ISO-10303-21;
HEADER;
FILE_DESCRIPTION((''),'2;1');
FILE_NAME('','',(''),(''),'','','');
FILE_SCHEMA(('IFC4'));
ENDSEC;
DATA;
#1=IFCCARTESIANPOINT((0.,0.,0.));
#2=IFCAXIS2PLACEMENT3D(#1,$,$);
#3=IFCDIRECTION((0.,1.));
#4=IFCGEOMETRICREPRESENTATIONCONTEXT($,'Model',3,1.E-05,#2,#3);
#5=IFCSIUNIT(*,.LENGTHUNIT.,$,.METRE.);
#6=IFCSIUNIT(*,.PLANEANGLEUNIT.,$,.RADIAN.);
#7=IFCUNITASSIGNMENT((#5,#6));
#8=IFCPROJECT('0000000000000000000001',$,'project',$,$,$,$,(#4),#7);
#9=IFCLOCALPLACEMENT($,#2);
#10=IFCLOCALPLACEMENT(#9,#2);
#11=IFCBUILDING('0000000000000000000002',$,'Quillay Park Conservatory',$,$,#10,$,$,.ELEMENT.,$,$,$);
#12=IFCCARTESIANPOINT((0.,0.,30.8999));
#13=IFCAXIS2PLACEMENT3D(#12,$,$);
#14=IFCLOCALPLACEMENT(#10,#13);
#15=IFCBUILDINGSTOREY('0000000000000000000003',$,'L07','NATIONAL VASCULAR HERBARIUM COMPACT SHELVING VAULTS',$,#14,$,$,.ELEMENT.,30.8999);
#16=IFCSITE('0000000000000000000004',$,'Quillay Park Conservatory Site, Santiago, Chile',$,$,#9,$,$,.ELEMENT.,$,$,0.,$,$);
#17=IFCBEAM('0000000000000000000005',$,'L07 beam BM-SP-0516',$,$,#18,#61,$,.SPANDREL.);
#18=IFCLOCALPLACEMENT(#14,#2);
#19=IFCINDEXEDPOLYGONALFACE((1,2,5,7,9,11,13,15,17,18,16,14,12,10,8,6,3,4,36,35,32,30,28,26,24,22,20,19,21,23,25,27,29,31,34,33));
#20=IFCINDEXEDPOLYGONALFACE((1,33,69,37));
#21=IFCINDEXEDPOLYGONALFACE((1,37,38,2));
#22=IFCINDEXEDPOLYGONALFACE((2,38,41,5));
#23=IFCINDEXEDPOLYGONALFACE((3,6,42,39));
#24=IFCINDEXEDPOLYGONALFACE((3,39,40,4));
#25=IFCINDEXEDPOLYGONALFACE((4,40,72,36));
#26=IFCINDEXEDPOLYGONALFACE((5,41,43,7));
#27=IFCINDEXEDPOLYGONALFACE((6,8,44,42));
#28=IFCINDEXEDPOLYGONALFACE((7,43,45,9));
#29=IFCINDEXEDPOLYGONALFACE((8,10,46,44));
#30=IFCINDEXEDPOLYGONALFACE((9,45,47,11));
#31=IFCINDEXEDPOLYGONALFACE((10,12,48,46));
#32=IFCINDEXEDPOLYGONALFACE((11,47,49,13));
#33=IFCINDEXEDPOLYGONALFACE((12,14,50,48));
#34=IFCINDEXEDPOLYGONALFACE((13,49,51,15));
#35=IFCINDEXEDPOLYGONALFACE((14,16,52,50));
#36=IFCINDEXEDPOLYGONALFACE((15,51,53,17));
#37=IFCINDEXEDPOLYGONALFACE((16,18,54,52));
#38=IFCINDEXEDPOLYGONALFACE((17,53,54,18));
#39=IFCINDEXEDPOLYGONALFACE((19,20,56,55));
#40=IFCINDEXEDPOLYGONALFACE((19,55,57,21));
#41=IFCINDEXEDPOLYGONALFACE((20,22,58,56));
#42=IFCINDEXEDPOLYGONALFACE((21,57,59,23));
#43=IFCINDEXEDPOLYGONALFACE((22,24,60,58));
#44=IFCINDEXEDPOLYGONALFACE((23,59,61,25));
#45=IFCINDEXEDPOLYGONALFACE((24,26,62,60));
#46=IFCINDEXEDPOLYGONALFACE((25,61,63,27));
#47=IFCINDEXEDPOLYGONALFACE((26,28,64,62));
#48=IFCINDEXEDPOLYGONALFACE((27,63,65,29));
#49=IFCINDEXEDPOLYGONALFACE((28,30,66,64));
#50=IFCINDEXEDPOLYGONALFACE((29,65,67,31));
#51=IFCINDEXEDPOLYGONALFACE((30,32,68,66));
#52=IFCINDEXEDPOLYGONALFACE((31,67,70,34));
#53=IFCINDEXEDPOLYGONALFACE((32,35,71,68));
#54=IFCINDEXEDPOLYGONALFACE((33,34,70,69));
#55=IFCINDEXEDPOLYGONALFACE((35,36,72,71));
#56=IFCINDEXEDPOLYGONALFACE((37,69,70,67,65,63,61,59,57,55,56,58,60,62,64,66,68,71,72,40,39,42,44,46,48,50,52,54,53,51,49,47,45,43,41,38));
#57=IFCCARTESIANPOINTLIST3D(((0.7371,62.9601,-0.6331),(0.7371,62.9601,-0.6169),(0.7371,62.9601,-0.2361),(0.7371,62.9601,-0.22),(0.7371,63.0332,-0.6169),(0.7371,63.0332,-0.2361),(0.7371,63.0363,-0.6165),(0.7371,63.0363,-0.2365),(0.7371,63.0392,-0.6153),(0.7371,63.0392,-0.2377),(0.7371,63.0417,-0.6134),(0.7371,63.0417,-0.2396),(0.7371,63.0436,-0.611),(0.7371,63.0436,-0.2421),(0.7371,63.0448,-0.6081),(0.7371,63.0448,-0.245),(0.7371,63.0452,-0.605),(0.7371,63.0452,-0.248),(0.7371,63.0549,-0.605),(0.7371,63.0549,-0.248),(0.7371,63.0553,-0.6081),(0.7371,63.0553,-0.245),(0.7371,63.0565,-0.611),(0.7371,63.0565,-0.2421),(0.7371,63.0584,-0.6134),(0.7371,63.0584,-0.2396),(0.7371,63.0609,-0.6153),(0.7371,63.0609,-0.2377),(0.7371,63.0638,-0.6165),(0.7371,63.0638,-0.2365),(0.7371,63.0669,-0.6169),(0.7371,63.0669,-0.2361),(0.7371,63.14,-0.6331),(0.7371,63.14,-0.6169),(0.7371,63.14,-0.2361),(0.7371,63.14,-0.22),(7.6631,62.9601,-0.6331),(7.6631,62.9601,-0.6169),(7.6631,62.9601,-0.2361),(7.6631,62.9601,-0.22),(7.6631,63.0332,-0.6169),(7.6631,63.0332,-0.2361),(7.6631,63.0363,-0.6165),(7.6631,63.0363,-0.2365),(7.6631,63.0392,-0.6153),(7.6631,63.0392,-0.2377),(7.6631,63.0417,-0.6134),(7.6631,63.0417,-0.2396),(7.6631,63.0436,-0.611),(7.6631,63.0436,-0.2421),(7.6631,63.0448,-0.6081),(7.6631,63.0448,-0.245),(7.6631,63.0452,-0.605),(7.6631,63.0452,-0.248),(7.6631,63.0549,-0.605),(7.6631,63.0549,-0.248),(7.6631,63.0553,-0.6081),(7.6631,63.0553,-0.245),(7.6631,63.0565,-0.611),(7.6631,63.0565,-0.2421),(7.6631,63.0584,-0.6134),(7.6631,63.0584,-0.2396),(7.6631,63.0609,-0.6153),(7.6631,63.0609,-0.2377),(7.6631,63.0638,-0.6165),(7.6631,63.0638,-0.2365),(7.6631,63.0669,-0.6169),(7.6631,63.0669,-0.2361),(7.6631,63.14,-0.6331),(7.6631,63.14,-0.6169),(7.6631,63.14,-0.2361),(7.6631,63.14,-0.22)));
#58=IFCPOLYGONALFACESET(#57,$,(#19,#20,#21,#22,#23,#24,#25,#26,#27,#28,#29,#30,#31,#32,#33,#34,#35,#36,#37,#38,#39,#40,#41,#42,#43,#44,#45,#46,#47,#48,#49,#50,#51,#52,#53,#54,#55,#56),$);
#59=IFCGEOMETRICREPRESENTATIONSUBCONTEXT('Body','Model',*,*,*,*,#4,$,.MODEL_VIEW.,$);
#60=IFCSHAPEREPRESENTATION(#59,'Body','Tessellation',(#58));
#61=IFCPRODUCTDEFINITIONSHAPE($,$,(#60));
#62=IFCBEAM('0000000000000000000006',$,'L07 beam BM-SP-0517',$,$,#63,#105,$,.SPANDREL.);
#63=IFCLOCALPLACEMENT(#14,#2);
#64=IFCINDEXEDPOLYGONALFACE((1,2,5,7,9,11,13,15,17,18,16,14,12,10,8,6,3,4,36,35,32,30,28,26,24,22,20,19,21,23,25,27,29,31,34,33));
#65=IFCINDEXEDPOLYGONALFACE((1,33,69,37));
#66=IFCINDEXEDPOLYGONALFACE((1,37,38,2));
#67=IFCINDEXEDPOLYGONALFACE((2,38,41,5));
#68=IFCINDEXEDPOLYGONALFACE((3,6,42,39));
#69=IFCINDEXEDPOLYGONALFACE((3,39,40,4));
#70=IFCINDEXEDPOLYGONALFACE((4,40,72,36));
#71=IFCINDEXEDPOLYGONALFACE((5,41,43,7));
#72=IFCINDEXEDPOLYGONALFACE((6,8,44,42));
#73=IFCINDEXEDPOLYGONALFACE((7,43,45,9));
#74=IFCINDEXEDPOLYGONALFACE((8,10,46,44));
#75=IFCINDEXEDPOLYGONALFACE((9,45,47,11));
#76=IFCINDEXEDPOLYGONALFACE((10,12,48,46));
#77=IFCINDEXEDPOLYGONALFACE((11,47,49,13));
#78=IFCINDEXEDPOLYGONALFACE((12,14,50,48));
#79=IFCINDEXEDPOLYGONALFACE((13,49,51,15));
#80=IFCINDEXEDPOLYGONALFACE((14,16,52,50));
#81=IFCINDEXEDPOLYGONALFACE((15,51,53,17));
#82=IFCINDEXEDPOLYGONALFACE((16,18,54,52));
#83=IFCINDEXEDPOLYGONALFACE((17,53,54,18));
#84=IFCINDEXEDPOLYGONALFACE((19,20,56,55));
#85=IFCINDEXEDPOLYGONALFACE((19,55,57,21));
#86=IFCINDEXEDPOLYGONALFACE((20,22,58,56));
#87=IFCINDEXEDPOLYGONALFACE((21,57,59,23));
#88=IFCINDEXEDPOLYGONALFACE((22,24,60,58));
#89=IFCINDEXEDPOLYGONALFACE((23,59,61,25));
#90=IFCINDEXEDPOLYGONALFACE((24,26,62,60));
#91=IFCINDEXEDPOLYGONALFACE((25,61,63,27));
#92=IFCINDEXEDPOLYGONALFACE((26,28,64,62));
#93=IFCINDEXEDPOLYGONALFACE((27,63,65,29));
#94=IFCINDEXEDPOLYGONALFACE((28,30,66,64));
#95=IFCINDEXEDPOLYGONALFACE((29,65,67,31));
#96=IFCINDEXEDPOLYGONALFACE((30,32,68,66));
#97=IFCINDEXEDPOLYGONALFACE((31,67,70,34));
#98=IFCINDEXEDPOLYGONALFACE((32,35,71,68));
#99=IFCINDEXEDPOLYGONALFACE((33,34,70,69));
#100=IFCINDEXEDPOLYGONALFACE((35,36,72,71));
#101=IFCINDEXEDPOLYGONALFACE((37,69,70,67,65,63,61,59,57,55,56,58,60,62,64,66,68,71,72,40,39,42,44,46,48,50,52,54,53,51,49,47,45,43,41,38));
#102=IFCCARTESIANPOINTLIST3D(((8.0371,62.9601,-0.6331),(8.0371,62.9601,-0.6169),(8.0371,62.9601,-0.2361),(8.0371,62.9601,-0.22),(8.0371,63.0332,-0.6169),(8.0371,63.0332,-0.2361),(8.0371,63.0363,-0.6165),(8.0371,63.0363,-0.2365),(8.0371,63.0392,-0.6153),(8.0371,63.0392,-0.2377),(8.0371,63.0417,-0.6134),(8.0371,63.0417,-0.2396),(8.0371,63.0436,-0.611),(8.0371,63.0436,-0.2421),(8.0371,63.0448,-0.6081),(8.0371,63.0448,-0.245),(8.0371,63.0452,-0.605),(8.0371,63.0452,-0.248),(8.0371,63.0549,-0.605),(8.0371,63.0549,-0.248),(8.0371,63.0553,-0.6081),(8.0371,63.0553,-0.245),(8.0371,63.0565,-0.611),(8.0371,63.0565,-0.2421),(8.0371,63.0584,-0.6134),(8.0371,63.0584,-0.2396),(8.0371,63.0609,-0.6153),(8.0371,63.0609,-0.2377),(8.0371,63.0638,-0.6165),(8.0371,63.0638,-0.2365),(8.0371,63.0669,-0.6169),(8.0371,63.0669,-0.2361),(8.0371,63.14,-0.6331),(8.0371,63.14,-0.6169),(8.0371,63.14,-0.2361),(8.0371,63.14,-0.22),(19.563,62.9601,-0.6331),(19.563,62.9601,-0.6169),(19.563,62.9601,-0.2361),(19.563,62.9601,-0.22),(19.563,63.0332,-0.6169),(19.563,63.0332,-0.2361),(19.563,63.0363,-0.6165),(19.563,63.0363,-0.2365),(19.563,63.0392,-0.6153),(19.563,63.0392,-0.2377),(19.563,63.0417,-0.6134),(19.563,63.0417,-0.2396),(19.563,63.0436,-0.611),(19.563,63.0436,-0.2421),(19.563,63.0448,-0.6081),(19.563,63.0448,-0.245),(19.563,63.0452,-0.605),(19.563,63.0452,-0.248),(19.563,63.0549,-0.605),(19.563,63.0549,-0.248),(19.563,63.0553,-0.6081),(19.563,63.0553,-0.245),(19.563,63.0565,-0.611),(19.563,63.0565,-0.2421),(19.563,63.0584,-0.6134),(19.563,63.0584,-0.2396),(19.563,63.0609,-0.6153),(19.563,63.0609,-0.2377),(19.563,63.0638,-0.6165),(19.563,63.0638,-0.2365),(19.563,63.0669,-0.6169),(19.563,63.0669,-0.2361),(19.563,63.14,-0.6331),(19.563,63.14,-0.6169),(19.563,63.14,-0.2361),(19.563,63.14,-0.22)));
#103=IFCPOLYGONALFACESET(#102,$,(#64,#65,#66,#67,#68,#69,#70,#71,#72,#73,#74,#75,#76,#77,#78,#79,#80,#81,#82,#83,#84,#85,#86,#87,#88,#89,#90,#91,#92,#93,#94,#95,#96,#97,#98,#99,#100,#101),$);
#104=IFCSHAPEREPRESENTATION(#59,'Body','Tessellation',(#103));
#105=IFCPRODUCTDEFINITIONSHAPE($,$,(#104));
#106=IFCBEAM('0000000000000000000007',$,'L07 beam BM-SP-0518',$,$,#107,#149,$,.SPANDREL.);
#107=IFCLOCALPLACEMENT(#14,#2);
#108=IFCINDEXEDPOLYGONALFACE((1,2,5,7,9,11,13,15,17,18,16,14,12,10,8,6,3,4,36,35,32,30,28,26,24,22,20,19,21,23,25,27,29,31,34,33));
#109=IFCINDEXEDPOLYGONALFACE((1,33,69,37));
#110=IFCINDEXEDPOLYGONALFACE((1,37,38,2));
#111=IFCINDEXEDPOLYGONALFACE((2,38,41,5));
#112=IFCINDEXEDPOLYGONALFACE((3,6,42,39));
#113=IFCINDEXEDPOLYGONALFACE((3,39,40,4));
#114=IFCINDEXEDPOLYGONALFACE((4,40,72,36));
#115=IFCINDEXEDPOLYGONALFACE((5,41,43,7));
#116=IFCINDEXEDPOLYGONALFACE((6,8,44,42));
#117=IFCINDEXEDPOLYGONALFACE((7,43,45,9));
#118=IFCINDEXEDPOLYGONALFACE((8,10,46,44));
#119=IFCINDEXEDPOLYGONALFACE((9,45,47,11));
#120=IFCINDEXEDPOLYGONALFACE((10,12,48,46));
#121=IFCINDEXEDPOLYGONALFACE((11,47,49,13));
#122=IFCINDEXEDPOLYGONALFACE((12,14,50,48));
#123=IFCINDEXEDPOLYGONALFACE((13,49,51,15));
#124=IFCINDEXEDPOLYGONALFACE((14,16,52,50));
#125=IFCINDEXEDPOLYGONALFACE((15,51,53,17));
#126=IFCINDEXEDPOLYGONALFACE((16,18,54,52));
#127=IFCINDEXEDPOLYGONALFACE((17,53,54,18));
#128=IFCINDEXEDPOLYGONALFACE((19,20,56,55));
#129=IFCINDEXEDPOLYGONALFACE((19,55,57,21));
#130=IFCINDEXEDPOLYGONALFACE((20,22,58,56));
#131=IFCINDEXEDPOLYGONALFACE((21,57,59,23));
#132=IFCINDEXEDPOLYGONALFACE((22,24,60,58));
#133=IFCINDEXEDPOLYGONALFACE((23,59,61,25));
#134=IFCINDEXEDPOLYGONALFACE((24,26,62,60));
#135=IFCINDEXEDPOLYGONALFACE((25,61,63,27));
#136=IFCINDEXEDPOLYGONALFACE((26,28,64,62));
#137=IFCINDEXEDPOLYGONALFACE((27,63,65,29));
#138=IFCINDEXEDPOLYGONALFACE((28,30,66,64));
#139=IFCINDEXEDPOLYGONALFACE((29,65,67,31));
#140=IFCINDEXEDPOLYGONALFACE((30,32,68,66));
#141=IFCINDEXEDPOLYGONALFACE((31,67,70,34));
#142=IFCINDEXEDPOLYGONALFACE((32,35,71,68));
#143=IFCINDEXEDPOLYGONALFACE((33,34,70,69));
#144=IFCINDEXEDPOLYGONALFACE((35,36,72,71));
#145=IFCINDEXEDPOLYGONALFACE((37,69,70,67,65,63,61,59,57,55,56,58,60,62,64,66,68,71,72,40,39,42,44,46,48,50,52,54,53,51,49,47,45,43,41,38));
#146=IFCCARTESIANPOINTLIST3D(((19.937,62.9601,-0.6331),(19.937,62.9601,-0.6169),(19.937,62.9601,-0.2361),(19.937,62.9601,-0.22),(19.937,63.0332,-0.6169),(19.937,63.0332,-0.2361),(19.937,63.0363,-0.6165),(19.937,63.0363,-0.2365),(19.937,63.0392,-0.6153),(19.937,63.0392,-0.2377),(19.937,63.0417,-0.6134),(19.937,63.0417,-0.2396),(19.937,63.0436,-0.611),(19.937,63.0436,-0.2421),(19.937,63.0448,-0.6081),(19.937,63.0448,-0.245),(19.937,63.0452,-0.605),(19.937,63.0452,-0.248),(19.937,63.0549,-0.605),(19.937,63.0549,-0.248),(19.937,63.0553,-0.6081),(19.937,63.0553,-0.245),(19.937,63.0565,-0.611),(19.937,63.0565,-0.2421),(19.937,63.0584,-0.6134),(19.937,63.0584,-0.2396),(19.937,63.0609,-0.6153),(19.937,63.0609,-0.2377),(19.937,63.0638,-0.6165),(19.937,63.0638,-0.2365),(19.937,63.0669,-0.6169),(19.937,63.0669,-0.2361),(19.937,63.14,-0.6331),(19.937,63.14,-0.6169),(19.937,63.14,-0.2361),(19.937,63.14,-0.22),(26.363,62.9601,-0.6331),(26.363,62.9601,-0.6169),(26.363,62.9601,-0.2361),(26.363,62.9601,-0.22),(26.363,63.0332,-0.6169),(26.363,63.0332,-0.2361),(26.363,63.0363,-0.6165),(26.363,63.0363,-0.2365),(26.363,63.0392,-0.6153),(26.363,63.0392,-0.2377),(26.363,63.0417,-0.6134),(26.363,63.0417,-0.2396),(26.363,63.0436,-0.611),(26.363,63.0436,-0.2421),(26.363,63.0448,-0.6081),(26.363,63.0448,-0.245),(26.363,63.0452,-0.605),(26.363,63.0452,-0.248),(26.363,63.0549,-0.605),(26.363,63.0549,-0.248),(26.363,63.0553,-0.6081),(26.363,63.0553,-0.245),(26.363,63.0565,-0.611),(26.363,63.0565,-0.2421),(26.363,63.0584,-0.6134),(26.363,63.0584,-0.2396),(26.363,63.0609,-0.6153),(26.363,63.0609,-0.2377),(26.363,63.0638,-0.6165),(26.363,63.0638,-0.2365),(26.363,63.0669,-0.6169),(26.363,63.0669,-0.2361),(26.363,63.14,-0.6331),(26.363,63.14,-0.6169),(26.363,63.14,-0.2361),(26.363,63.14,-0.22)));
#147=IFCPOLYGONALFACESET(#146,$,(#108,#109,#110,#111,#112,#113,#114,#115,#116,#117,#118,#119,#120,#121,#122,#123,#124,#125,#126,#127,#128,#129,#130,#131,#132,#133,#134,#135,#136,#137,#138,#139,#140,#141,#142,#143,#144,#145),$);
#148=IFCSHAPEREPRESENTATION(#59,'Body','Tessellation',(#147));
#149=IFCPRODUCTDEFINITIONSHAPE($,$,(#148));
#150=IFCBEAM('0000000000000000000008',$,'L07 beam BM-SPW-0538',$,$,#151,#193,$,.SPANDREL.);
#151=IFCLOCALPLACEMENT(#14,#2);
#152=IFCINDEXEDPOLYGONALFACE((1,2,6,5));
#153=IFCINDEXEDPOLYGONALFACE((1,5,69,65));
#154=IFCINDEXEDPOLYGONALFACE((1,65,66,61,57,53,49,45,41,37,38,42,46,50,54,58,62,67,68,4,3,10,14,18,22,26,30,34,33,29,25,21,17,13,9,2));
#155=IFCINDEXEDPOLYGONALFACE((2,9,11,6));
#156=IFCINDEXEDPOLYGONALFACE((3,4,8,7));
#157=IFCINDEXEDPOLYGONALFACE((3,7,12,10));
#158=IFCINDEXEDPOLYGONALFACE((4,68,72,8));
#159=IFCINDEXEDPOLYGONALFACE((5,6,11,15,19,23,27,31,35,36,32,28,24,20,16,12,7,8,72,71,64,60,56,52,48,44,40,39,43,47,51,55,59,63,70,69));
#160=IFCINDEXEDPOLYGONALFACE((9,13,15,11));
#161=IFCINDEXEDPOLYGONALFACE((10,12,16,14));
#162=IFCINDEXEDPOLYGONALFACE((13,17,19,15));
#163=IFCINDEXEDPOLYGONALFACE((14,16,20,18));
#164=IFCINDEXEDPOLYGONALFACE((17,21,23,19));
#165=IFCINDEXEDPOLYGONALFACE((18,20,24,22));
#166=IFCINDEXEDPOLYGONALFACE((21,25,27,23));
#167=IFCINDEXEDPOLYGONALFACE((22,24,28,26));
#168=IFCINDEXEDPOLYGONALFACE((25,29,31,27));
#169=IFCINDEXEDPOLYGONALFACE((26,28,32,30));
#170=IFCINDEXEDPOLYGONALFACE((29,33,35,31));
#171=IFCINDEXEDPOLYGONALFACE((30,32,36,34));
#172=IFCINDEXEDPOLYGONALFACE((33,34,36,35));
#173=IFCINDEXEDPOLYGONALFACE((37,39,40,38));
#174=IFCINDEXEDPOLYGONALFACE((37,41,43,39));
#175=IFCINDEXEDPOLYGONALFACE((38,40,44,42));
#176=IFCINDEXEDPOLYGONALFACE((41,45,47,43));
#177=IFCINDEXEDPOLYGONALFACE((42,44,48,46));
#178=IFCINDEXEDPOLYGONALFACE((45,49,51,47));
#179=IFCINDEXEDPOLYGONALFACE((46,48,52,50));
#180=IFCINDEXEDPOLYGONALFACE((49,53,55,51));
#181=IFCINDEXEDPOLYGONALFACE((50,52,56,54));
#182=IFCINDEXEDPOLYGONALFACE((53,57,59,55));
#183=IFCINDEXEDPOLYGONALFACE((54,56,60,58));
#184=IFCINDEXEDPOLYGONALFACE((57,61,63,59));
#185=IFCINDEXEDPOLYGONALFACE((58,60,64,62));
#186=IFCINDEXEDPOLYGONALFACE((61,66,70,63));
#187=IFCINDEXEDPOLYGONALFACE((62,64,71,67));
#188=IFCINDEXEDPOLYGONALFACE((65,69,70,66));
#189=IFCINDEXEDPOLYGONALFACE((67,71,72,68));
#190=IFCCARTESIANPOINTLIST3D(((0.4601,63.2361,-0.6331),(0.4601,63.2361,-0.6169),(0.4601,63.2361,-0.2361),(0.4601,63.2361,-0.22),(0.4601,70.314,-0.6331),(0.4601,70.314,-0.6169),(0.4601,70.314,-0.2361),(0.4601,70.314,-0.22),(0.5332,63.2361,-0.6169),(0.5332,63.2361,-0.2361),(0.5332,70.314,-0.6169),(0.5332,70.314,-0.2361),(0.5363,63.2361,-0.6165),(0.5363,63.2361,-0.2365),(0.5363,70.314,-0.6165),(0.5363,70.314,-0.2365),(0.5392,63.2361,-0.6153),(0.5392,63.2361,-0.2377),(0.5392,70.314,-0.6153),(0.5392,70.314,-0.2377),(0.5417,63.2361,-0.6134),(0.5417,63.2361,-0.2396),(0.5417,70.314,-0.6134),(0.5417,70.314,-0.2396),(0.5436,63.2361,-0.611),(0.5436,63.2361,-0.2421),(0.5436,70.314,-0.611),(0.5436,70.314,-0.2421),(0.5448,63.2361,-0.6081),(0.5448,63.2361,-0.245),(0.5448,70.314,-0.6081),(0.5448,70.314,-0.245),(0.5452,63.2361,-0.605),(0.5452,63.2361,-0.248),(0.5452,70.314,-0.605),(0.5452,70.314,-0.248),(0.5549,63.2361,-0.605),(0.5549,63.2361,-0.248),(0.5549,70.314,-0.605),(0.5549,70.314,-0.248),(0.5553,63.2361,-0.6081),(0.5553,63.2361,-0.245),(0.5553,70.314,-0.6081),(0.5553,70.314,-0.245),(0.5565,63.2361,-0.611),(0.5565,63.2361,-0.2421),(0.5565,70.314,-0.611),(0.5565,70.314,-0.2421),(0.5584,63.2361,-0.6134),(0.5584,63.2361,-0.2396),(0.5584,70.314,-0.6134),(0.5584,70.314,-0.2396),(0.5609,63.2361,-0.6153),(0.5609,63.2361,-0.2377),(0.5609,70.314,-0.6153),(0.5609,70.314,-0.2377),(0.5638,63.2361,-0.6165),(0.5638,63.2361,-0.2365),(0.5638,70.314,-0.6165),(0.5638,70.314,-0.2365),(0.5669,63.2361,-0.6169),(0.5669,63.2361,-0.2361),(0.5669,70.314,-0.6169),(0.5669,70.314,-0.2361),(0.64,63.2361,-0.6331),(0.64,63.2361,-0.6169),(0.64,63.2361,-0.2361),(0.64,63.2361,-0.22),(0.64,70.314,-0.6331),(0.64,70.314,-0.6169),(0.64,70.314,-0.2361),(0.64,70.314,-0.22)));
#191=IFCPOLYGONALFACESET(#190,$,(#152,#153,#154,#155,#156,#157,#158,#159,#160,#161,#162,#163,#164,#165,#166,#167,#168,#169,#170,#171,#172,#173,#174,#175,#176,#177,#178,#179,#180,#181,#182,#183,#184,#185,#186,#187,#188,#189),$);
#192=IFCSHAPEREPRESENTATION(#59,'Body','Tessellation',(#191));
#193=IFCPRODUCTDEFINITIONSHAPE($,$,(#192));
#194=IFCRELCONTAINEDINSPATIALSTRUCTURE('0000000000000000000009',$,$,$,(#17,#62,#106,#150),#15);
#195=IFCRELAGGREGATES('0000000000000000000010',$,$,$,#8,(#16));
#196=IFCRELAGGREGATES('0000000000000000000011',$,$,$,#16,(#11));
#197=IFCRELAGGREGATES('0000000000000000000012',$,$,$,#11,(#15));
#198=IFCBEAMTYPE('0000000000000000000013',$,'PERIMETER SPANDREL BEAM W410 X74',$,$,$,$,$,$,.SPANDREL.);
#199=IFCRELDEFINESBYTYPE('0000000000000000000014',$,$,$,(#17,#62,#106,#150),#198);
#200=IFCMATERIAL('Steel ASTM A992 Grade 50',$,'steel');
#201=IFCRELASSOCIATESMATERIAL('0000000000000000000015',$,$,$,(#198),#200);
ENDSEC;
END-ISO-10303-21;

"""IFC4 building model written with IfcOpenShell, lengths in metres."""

from ifc_helpers import new_model, si_unit, direction, frame, origin, origin_2d, place, context, subcontext, project, spatial, i_section, extrude, material, material_profile, profile_set, type_object, element, save


model = new_model("IFC4")

# Units and contexts
model_context = context("Model", 3, precision=1e-05, world=origin(), true_north=direction((0.0, 1.0)))
body_context = subcontext(model_context, "Body", "Model", "MODEL_VIEW")
ifc_project = project(units=[si_unit("LENGTHUNIT", "METRE"), si_unit("PLANEANGLEUNIT", "RADIAN")], contexts=[model_context])

# Site, building, storey
site_placement = place(None, origin())
site = spatial("IfcSite", under=ifc_project, at=site_placement, Name="Quillay Park Conservatory Site, Santiago, Chile", CompositionType="ELEMENT", RefElevation=0.0)
building_placement = place(site_placement, origin())
building = spatial("IfcBuilding", under=site, at=building_placement, Name="Quillay Park Conservatory", CompositionType="ELEMENT")
storey_placement = place(building_placement, frame((0.0, 0.0, 30.8999)))
storey = spatial("IfcBuildingStorey", under=building, at=storey_placement, Name="L07", Description="NATIONAL VASCULAR HERBARIUM COMPACT SHELVING VAULTS", CompositionType="ELEMENT", Elevation=30.8999)

# Beams
ifc_material_1 = material(Name="Steel ASTM A992 Grade 50", Category="steel")
ifc_material_profile_1 = material_profile(ifc_material_1, i_section(OverallWidth=0.1799, OverallDepth=0.4131, WebThickness=0.0098, FlangeThickness=0.0161, FilletRadius=0.012, at=origin_2d()), Name="W410x74")
ifc_profile_set_1 = profile_set([ifc_material_profile_1], Name="Steel ASTM A992 Grade 50")
beam_type_1 = type_object("IfcBeamType", Name="PERIMETER SPANDREL BEAM W410 X74", PredefinedType="SPANDREL", material=ifc_profile_set_1)
beam_1_placement = place(storey_placement, frame((0.7371, 63.05, -0.4265), z_axis=(1.0, 0.0, 0.0), x_axis=(0.0, 1.0, 0.0)))
element("IfcBeam", 1, at=beam_1_placement, inside=storey, type_object=beam_type_1, Name="L07 beam BM-SP-0516", PredefinedType="SPANDREL", context=body_context, shape_type="SweptSolid", body=[
    extrude(i_section(OverallWidth=0.1799, OverallDepth=0.4131, WebThickness=0.0098, FlangeThickness=0.0161, FilletRadius=0.012, at=origin_2d()), origin(), (0.0, 0.0, 1.0), 6.926),
])
beam_2_placement = place(storey_placement, frame((8.0371, 63.05, -0.4265), z_axis=(1.0, 0.0, 0.0), x_axis=(0.0, 1.0, 0.0)))
element("IfcBeam", 2, at=beam_2_placement, inside=storey, type_object=beam_type_1, Name="L07 beam BM-SP-0517", PredefinedType="SPANDREL", context=body_context, shape_type="SweptSolid", body=[
    extrude(i_section(OverallWidth=0.1799, OverallDepth=0.4131, WebThickness=0.0098, FlangeThickness=0.0161, FilletRadius=0.012, at=origin_2d()), origin(), (0.0, 0.0, 1.0), 11.5259),
])
beam_3_placement = place(storey_placement, frame((19.937, 63.05, -0.4265), z_axis=(1.0, 0.0, 0.0), x_axis=(0.0, 1.0, 0.0)))
element("IfcBeam", 3, at=beam_3_placement, inside=storey, type_object=beam_type_1, Name="L07 beam BM-SP-0518", PredefinedType="SPANDREL", context=body_context, shape_type="SweptSolid", body=[
    extrude(i_section(OverallWidth=0.1799, OverallDepth=0.4131, WebThickness=0.0098, FlangeThickness=0.0161, FilletRadius=0.012, at=origin_2d()), origin(), (0.0, 0.0, 1.0), 6.426),
])
beam_4_placement = place(storey_placement, frame((0.55, 63.2361, -0.4265), z_axis=(0.0, 1.0, 0.0), x_axis=(-1.0, 0.0, 0.0)))
element("IfcBeam", 4, at=beam_4_placement, inside=storey, type_object=beam_type_1, Name="L07 beam BM-SPW-0538", PredefinedType="SPANDREL", context=body_context, shape_type="SweptSolid", body=[
    extrude(i_section(OverallWidth=0.1799, OverallDepth=0.4131, WebThickness=0.0098, FlangeThickness=0.0161, FilletRadius=0.012, at=origin_2d()), origin(), (0.0, 0.0, 1.0), 7.0779),
])

save(model, "model.ifc")
